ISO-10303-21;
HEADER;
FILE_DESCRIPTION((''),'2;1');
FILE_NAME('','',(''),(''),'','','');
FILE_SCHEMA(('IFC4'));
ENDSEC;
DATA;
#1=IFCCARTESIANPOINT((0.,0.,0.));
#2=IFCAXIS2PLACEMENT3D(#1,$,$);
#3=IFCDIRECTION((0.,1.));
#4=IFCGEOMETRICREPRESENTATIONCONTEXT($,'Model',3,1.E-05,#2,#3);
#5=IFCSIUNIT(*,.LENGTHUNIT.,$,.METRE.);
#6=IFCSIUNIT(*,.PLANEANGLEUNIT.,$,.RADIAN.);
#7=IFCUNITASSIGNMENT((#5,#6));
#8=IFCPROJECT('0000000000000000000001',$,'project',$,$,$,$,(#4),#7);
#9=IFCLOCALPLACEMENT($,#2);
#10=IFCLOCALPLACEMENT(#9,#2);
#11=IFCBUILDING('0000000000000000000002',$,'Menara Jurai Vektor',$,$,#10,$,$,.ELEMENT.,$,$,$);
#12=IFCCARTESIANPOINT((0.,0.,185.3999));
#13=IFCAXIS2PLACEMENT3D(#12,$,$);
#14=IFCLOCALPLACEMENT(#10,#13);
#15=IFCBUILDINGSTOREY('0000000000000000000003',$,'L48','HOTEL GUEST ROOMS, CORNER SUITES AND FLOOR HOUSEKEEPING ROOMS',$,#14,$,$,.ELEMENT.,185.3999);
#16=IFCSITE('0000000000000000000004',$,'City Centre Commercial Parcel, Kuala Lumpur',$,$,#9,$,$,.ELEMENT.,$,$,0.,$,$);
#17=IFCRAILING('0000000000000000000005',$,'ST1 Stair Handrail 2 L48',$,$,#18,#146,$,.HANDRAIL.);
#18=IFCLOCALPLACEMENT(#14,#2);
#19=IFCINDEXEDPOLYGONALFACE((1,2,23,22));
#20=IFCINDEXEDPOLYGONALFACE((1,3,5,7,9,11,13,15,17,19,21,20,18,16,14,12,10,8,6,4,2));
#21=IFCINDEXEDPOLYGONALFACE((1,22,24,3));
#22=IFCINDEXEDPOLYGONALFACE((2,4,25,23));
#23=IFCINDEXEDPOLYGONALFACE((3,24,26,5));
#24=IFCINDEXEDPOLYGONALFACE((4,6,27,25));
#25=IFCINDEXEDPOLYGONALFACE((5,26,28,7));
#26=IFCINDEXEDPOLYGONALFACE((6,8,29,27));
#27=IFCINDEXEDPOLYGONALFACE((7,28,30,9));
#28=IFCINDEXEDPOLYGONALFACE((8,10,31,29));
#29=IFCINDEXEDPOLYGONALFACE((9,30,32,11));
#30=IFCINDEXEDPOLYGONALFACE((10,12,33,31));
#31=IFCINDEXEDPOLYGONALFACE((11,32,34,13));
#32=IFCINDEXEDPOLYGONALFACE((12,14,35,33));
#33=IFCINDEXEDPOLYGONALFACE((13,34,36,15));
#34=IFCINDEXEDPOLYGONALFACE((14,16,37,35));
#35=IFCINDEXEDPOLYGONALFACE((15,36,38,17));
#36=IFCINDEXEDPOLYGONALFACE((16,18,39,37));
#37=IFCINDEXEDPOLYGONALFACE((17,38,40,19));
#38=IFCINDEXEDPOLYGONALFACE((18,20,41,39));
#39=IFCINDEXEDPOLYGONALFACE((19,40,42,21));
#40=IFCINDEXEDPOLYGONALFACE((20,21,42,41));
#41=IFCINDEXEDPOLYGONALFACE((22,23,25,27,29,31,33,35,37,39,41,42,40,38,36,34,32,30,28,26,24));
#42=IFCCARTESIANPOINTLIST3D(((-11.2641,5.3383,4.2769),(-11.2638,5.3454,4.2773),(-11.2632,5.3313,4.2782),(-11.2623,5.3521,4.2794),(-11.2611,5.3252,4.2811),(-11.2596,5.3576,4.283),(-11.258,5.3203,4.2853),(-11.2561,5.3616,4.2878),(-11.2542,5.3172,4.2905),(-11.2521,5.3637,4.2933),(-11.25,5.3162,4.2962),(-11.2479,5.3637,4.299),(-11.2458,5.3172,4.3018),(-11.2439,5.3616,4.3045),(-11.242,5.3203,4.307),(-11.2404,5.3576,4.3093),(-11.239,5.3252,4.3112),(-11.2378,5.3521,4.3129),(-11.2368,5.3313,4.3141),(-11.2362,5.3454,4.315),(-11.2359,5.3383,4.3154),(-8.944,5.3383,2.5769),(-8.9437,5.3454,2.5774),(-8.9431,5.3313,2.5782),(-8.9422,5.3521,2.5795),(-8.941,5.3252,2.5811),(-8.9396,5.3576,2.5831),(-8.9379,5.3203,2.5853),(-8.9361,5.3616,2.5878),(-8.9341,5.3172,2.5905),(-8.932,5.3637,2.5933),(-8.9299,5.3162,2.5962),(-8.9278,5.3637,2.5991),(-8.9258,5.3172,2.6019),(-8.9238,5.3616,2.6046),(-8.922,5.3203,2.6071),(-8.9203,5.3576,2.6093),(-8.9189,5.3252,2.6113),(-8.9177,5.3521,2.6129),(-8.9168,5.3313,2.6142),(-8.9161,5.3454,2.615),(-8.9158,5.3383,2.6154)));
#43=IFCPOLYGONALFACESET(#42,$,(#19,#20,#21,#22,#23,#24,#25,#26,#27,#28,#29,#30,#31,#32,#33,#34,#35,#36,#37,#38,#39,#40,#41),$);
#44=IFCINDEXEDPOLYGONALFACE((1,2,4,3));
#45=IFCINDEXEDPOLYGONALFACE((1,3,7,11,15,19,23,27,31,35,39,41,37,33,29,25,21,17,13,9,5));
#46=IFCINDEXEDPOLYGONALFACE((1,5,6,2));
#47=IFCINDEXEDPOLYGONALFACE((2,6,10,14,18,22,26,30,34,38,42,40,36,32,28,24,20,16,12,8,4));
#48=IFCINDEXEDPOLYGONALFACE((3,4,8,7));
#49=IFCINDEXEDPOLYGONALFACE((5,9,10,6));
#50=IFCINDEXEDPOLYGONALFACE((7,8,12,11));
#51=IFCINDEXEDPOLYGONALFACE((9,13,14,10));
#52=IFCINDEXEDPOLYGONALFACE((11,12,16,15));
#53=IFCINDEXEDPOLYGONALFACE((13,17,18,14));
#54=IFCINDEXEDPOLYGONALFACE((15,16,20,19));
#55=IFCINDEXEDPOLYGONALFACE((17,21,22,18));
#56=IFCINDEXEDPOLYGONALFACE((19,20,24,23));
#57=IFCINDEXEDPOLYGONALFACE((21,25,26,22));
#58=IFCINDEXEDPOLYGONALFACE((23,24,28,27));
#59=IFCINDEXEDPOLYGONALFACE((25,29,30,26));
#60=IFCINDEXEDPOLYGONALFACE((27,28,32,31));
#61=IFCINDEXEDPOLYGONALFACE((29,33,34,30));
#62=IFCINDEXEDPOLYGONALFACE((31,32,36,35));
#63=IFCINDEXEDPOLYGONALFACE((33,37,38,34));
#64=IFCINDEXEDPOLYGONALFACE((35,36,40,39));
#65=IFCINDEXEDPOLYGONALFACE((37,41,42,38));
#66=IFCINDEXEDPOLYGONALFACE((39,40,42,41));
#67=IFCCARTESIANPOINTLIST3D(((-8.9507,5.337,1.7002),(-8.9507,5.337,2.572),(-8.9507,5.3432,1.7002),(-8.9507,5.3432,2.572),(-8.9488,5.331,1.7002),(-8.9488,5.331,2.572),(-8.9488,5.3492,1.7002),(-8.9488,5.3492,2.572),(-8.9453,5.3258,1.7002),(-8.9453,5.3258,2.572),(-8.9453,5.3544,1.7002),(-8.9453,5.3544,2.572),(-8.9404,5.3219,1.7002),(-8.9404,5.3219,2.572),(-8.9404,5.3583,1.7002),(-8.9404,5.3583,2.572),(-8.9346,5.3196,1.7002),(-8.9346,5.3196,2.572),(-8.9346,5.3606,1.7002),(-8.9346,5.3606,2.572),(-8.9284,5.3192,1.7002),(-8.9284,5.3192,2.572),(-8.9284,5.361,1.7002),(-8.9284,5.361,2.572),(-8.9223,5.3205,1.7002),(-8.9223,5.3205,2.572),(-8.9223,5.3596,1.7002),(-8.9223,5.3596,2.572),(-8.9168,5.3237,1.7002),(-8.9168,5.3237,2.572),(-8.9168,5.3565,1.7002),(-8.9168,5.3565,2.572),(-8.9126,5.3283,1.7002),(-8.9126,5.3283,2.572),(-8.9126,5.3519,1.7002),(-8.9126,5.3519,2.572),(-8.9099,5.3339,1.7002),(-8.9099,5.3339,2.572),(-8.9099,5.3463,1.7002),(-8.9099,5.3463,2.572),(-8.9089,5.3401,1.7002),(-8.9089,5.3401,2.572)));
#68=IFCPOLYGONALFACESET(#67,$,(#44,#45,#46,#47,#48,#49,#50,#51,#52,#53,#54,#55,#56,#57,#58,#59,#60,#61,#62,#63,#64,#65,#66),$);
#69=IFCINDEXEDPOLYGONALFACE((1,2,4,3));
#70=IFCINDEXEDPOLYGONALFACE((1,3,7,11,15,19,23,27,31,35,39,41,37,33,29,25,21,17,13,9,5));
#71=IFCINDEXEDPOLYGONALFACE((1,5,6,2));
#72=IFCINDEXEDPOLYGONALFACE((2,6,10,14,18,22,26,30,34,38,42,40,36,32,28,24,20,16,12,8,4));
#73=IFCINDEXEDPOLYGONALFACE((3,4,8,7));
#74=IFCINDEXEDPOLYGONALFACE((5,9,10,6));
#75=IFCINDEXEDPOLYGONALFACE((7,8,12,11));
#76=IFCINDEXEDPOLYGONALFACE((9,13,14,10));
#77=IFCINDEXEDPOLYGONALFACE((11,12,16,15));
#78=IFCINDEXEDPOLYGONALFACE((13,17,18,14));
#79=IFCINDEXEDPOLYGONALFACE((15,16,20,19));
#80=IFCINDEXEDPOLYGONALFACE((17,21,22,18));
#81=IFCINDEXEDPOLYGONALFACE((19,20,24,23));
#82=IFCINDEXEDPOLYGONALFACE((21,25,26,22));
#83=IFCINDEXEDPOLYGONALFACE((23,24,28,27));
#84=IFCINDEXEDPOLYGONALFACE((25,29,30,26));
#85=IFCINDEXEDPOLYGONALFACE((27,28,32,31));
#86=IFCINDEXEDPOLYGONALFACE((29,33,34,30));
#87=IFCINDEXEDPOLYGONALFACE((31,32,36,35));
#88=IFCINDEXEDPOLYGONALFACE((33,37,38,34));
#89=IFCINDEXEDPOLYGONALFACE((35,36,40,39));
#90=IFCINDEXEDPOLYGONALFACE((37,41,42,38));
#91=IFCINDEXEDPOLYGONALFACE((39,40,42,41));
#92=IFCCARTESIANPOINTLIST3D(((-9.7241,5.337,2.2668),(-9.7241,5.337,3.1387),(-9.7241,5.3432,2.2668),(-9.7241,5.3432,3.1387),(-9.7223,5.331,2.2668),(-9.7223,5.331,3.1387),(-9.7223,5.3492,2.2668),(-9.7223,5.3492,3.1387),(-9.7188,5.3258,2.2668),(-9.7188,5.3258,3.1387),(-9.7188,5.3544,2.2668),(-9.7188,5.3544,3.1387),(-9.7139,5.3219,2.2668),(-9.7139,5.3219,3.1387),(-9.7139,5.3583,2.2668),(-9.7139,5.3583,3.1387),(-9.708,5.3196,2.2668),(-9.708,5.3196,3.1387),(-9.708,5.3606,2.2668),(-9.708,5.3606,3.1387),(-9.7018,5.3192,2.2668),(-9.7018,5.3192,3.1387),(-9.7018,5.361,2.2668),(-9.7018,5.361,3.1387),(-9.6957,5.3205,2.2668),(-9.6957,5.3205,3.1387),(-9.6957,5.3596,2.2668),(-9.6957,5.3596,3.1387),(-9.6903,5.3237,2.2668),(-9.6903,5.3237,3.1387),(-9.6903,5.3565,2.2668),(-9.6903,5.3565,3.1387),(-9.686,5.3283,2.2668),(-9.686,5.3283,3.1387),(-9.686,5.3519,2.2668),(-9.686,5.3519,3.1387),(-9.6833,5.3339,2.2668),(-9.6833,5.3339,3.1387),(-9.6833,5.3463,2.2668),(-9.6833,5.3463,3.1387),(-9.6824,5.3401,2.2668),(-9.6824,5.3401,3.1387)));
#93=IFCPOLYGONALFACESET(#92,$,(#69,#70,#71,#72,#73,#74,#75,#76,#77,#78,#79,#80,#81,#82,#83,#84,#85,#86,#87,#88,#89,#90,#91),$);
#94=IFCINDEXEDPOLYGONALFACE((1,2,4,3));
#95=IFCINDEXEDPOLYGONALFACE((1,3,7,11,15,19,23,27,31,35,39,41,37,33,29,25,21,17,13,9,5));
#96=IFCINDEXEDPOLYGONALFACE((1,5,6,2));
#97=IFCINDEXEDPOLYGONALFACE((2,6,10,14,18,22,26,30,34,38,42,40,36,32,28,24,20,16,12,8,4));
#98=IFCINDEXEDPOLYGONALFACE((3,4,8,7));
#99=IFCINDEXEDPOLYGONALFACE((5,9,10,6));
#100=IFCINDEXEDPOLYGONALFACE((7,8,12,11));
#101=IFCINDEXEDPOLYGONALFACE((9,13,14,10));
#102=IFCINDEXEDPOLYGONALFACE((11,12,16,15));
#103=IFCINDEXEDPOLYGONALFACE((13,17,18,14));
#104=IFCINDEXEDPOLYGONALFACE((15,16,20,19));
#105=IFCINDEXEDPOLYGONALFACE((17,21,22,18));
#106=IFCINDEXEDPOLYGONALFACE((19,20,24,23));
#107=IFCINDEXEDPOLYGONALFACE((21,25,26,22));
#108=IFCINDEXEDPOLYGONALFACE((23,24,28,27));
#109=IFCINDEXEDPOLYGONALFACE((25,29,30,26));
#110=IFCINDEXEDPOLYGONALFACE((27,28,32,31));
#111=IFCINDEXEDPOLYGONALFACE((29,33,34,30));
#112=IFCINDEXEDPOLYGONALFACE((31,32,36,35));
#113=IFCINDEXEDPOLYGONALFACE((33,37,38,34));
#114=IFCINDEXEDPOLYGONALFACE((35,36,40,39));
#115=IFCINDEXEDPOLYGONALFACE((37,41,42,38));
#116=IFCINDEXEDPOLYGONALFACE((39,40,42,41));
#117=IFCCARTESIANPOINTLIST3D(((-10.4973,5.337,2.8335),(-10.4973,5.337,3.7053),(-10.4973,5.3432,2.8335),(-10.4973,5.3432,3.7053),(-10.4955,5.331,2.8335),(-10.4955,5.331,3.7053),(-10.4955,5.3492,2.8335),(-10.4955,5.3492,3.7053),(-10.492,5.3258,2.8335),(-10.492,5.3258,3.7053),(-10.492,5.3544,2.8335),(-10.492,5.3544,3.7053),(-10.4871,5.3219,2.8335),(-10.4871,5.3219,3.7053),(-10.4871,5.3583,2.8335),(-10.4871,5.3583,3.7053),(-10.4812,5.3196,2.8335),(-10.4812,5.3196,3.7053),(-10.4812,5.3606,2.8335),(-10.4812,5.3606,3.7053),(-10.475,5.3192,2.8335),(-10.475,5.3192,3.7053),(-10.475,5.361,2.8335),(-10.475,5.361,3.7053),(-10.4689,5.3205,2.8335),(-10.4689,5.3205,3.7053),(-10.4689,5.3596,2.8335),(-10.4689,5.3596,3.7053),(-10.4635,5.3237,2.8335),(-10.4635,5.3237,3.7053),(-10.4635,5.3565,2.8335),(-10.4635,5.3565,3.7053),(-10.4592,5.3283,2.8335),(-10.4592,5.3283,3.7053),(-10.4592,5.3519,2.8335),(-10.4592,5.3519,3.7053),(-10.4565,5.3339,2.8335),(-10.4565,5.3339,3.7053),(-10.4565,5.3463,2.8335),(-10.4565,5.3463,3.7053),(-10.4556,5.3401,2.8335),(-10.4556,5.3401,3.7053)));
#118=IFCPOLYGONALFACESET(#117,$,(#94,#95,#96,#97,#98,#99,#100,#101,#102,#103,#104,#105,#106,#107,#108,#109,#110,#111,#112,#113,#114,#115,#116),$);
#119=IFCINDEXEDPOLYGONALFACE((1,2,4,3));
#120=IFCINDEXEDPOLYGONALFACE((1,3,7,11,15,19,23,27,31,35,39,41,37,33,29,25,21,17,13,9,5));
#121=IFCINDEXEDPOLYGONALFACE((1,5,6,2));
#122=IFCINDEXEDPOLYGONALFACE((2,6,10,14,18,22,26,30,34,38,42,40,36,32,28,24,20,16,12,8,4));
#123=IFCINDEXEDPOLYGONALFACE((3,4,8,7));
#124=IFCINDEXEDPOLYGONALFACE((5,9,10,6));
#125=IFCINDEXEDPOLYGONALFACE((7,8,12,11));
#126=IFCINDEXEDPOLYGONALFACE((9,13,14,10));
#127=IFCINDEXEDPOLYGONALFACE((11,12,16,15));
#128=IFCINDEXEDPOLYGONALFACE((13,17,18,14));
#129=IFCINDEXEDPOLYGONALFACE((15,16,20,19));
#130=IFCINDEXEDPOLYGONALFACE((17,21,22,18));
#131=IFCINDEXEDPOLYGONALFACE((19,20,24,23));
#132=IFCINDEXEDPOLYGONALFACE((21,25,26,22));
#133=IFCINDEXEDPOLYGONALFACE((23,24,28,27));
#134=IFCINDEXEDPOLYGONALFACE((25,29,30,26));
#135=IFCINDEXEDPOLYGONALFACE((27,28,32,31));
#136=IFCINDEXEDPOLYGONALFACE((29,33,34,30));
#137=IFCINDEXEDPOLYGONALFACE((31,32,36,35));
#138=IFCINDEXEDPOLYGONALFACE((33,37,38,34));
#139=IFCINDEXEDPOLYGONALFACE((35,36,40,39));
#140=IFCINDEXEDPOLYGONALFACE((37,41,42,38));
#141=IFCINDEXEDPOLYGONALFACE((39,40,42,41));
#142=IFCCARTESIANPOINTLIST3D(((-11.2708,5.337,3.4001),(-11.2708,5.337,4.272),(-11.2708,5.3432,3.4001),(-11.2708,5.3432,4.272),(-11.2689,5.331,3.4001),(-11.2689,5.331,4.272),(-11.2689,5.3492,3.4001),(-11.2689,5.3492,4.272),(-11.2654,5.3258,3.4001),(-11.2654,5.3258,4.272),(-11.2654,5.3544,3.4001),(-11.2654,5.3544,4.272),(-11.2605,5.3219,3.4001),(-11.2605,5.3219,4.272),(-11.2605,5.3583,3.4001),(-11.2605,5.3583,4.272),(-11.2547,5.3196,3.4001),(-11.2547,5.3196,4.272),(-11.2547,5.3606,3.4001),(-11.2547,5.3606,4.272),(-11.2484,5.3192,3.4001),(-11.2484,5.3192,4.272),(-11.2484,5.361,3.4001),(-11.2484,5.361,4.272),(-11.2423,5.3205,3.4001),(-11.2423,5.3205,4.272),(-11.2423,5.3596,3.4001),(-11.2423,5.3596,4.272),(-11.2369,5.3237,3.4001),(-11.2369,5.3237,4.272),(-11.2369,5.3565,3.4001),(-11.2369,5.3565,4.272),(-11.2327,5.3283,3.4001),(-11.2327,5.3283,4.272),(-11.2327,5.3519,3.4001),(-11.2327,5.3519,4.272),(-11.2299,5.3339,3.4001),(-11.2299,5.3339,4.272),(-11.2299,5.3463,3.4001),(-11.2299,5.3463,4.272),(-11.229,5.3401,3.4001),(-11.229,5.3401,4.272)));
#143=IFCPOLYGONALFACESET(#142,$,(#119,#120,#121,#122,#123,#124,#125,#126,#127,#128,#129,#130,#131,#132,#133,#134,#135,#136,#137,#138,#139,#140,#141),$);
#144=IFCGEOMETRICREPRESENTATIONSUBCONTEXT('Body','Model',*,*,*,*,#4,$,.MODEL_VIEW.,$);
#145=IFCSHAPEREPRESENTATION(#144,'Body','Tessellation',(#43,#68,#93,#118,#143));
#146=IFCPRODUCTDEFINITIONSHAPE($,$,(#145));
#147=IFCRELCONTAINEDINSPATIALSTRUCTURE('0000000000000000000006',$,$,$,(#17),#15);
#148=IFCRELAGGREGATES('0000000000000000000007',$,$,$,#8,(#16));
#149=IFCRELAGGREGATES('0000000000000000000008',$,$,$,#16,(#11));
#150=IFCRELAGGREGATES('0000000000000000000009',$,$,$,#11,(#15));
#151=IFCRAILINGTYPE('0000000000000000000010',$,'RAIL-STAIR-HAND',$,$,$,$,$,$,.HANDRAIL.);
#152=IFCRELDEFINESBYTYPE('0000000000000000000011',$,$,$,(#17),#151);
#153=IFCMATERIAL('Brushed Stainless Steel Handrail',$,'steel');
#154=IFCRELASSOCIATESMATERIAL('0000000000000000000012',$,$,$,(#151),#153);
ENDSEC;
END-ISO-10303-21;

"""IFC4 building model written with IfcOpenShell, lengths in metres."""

from ifc_helpers import new_model, si_unit, direction, frame, origin, origin_2d, place, context, subcontext, project, spatial, circle, extrude, material, type_object, element, save


model = new_model("IFC4")

# Units and contexts
model_context = context("Model", 3, precision=1e-05, world=origin(), true_north=direction((0.0, 1.0)))
body_context = subcontext(model_context, "Body", "Model", "MODEL_VIEW")
ifc_project = project(units=[si_unit("LENGTHUNIT", "METRE"), si_unit("PLANEANGLEUNIT", "RADIAN")], contexts=[model_context])

# Site, building, storey
site_placement = place(None, origin())
site = spatial("IfcSite", under=ifc_project, at=site_placement, Name="City Centre Commercial Parcel, Kuala Lumpur", CompositionType="ELEMENT", RefElevation=0.0)
building_placement = place(site_placement, origin())
building = spatial("IfcBuilding", under=site, at=building_placement, Name="Menara Jurai Vektor", CompositionType="ELEMENT")
storey_placement = place(building_placement, frame((0.0, 0.0, 185.3999)))
storey = spatial("IfcBuildingStorey", under=building, at=storey_placement, Name="L48", Description="HOTEL GUEST ROOMS, CORNER SUITES AND FLOOR HOUSEKEEPING ROOMS", CompositionType="ELEMENT", Elevation=185.3999)

# Railing
ifc_material_1 = material(Name="Brushed Stainless Steel Handrail", Category="steel")
railing_type_1 = type_object("IfcRailingType", Name="RAIL-STAIR-HAND", PredefinedType="HANDRAIL", material=ifc_material_1)
railing_1_placement = place(storey_placement, frame((-8.9299, 5.3401, 1.7002)))
element("IfcRailing", 1, at=railing_1_placement, inside=storey, type_object=railing_type_1, Name="ST1 Stair Handrail 2 L48", PredefinedType="HANDRAIL", context=body_context, shape_type="SweptSolid", body=[
    extrude(circle(Radius=0.0239, at=origin_2d()), frame((0.0, 0.0, 0.896), z_axis=(-0.806642, 0.0, 0.59104), x_axis=(0.0, -1.0, 0.0)), (0.0, 0.0, 1.0), 2.8762),
    extrude(circle(Radius=0.021, at=origin_2d()), origin(), (0.0, 0.0, 1.0), 0.8718),
    extrude(circle(Radius=0.021, at=origin_2d()), frame((-0.7734, 0.0, 0.5667)), (0.0, 0.0, 1.0), 0.8718),
    extrude(circle(Radius=0.021, at=origin_2d()), frame((-1.5466, 0.0, 1.1333)), (0.0, 0.0, 1.0), 0.8718),
    extrude(circle(Radius=0.021, at=origin_2d()), frame((-2.3201, 0.0, 1.7)), (0.0, 0.0, 1.0), 0.8718),
])

save(model, "model.ifc")
